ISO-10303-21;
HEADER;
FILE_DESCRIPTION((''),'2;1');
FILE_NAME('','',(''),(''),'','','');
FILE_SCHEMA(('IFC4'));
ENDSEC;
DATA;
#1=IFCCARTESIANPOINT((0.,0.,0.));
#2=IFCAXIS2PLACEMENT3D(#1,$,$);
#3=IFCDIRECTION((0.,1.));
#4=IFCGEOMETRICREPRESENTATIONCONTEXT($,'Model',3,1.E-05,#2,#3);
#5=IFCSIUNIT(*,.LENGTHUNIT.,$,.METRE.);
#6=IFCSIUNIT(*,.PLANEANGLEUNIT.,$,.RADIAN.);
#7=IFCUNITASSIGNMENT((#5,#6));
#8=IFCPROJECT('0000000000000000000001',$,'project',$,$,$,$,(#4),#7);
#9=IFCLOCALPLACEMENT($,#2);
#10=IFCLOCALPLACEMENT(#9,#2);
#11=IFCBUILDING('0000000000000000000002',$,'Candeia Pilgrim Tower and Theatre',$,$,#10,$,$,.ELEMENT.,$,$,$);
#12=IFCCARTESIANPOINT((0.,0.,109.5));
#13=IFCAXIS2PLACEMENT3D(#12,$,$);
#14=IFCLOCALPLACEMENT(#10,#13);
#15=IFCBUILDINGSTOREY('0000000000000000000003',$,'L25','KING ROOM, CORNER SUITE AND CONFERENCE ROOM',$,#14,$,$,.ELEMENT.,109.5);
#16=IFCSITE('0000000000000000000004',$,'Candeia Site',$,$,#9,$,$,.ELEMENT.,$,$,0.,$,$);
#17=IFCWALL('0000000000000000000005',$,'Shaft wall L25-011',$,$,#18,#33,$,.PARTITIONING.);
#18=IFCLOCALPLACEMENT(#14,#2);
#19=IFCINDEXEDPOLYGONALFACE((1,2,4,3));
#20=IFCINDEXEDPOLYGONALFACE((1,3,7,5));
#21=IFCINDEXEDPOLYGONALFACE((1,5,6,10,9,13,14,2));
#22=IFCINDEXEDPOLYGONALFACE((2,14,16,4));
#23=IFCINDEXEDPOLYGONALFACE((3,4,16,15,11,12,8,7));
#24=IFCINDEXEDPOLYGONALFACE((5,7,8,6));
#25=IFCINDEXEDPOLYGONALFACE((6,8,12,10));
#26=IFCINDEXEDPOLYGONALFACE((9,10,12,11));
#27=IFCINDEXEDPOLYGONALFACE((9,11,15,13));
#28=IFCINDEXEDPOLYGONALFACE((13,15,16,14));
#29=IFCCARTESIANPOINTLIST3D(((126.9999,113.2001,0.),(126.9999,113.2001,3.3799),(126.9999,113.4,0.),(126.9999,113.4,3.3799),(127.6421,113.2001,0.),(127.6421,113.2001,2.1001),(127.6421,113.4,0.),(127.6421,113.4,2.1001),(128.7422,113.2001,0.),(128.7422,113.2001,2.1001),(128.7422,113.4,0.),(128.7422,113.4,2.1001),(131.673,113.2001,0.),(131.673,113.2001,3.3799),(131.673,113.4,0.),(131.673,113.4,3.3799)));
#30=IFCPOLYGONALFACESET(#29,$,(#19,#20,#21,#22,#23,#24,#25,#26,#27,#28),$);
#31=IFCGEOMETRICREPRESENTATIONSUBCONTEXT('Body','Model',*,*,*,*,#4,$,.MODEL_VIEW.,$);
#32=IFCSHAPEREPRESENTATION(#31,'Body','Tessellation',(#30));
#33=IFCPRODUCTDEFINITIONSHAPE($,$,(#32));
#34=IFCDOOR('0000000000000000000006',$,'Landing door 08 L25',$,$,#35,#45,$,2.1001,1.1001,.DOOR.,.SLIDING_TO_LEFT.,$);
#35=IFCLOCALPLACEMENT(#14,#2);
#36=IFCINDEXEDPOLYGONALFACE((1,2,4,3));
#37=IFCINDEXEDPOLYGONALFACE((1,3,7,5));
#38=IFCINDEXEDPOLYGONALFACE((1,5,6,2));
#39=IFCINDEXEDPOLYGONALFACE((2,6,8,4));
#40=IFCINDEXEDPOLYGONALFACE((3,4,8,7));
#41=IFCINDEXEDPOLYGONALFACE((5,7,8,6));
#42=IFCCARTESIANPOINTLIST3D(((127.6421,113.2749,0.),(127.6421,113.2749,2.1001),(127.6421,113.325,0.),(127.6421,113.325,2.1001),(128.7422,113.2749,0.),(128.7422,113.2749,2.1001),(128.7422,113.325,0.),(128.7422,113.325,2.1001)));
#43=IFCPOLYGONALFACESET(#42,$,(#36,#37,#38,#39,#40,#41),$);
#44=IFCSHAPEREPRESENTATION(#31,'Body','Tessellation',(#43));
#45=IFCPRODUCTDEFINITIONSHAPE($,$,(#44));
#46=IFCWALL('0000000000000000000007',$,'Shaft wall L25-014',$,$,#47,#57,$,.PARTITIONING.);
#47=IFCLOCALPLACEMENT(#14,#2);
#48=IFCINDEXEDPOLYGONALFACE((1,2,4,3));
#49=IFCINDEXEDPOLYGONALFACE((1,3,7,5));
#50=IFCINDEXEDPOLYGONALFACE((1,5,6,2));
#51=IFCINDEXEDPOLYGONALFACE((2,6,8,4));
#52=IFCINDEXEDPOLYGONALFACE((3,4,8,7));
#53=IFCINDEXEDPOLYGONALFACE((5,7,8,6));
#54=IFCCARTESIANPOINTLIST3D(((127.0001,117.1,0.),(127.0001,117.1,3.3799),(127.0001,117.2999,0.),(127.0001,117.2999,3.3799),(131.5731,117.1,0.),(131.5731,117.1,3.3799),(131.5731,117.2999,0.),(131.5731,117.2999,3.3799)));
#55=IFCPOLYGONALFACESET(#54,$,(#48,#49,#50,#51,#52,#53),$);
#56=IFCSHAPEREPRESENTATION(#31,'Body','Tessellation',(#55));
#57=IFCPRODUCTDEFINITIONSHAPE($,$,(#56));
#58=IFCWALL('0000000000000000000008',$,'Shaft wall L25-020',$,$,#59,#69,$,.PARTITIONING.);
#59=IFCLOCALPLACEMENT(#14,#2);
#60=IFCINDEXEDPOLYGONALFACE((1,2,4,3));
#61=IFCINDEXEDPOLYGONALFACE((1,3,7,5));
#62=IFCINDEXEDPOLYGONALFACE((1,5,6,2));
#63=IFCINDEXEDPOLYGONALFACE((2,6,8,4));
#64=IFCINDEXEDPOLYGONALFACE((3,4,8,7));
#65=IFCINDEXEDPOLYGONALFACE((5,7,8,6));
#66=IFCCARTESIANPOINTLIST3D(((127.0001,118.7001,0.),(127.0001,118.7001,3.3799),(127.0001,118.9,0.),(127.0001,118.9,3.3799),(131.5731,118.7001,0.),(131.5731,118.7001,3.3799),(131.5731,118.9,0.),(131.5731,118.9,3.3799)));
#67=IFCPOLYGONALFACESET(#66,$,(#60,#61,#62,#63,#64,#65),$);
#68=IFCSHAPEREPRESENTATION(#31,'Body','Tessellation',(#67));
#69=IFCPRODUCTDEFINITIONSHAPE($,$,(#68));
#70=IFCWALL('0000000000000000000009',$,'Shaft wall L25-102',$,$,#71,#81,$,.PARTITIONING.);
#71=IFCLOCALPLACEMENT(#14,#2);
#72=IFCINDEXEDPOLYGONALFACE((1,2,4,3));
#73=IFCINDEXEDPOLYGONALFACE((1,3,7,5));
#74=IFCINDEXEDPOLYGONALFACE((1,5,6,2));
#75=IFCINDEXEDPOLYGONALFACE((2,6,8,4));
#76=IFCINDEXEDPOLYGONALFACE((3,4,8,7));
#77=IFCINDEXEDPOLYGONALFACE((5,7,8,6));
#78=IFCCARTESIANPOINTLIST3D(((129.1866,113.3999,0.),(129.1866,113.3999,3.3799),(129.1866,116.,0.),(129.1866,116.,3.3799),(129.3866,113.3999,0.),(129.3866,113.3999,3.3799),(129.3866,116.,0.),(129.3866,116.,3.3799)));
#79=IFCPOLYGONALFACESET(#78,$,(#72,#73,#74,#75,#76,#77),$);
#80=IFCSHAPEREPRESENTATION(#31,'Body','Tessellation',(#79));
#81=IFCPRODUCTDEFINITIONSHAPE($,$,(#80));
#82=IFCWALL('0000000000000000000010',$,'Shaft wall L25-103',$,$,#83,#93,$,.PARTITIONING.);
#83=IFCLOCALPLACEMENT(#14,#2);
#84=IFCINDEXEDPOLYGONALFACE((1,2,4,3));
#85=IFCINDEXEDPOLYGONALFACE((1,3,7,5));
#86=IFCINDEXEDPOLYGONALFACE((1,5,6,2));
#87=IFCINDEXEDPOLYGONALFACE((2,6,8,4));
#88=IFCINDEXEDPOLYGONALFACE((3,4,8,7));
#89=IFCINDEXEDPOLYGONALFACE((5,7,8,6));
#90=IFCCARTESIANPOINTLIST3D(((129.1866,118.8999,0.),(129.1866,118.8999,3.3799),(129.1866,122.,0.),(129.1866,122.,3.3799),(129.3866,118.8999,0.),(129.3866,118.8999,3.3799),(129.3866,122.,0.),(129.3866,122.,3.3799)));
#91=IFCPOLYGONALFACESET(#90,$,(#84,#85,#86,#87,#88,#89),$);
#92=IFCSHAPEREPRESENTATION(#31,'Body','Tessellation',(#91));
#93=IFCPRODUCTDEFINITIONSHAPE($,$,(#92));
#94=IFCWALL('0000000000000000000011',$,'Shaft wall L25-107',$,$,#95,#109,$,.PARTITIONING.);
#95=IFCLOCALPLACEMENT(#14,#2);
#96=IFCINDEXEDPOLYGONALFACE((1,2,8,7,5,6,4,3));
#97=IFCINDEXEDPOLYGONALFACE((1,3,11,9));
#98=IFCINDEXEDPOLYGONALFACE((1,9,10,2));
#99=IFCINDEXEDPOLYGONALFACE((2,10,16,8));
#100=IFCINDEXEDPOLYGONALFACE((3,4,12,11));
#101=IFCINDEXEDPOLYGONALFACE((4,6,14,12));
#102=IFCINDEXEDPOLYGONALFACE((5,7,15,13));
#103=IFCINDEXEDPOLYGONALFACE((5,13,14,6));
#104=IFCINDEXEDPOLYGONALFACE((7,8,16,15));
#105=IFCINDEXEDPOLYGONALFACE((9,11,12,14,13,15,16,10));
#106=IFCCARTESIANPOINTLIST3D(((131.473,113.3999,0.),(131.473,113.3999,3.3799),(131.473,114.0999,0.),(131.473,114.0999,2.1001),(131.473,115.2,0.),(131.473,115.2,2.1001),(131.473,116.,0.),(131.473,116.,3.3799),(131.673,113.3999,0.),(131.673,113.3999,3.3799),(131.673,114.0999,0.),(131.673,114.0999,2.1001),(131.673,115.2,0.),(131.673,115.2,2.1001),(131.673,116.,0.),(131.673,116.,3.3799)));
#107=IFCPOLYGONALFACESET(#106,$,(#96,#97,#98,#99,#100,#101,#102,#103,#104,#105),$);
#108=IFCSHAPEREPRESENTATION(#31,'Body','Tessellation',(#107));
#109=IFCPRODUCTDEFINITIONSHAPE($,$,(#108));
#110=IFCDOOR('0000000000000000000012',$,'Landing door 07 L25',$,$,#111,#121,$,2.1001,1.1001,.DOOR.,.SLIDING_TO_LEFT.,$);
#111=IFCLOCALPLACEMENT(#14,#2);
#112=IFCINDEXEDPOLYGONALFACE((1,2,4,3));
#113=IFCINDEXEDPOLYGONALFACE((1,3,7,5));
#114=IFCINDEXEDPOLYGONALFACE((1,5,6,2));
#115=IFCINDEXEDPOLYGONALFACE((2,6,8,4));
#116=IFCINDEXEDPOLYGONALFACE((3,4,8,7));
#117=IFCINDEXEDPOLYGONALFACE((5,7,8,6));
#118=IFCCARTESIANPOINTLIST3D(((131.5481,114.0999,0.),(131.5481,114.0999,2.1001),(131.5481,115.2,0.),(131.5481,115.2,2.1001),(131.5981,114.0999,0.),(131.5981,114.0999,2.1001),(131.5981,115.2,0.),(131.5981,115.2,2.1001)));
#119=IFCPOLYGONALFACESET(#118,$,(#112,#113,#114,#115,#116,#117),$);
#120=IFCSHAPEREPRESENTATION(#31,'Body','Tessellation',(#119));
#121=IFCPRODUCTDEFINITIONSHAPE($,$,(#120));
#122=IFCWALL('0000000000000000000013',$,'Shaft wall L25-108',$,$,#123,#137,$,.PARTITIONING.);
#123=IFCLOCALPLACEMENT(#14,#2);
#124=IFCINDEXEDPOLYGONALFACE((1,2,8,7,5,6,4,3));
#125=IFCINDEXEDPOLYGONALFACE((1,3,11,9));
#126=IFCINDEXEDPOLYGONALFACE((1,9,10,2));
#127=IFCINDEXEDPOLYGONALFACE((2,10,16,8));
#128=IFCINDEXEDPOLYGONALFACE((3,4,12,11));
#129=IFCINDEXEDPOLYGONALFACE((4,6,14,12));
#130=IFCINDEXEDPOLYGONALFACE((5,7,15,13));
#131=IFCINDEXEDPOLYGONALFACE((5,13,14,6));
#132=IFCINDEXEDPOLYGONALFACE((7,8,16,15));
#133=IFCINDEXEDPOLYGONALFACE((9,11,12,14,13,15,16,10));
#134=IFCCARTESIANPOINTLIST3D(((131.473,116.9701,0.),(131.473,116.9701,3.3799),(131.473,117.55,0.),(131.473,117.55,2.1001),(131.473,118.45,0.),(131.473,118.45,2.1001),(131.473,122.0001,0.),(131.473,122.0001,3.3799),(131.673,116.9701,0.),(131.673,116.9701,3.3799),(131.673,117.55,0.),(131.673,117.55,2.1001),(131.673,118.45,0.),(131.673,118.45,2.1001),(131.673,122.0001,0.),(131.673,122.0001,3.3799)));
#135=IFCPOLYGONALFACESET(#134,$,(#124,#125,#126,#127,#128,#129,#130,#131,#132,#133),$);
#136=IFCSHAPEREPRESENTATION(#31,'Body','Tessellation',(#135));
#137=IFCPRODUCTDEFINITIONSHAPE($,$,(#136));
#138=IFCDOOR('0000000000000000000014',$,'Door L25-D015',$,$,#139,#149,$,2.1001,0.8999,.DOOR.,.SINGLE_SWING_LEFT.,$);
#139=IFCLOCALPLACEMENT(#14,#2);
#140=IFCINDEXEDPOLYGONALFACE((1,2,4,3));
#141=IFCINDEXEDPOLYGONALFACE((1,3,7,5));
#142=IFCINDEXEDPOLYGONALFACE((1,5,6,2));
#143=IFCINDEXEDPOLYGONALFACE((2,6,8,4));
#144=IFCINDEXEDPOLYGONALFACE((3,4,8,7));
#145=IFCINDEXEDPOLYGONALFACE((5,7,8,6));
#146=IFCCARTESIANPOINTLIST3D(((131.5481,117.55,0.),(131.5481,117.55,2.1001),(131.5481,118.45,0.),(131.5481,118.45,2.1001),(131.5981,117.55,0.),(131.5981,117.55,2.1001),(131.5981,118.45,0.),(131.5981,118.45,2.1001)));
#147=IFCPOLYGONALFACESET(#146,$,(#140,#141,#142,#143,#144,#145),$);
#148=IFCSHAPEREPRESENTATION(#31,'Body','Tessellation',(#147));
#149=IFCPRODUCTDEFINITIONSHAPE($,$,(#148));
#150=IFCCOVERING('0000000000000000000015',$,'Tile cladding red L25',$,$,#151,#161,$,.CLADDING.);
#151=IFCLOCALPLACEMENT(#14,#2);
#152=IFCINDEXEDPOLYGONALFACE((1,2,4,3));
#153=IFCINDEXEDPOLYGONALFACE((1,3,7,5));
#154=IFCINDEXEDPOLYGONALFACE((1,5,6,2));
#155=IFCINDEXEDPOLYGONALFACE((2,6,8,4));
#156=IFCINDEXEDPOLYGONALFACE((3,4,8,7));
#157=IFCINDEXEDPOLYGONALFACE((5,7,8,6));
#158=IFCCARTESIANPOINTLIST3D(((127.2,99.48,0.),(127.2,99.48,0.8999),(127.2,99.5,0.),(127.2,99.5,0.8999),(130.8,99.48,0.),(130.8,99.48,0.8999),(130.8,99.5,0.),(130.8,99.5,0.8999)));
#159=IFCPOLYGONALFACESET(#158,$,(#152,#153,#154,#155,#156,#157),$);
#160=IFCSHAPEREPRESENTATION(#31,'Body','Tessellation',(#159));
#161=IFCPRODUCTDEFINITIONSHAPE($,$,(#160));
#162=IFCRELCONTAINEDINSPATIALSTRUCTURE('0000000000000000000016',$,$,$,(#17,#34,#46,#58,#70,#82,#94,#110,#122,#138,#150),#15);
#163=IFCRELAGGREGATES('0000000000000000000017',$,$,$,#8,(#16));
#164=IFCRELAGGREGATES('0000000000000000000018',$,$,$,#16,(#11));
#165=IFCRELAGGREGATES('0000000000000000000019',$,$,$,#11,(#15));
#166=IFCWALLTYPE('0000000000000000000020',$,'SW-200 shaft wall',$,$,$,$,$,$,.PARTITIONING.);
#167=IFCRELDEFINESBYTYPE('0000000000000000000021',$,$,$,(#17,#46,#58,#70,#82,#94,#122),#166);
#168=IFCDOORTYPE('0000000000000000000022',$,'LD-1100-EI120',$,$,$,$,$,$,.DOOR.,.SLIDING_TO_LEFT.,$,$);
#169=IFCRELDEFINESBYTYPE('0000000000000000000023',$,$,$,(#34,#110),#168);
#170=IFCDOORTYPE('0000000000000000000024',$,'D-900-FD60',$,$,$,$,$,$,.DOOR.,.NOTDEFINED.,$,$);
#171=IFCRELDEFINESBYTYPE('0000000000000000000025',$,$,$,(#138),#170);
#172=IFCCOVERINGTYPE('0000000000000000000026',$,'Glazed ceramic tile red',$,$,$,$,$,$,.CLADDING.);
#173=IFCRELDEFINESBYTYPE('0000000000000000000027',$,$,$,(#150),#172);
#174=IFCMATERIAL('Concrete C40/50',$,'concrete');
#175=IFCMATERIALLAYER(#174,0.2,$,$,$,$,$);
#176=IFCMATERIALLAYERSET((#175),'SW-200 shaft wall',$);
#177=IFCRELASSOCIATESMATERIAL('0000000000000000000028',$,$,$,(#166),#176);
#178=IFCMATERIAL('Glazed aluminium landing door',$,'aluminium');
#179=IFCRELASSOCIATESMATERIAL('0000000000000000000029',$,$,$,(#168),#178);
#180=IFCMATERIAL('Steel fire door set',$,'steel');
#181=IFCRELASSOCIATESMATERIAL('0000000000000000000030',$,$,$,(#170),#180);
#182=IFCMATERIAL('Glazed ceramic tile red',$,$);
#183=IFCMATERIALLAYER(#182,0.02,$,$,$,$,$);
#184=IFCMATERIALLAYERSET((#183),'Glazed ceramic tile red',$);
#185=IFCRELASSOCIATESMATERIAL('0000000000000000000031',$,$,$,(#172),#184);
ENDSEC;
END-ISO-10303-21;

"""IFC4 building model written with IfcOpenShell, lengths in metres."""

from ifc_helpers import new_model, si_unit, direction, frame, frame_2d, origin, origin_2d, place, context, subcontext, project, spatial, rectangle, extrude, material, layer, layer_set, type_object, element, fill, save


model = new_model("IFC4")

# Units and contexts
model_context = context("Model", 3, precision=1e-05, world=origin(), true_north=direction((0.0, 1.0)))
body_context = subcontext(model_context, "Body", "Model", "MODEL_VIEW")
ifc_project = project(units=[si_unit("LENGTHUNIT", "METRE"), si_unit("PLANEANGLEUNIT", "RADIAN")], contexts=[model_context])

# Site, building, storey
site_placement = place(None, origin())
site = spatial("IfcSite", under=ifc_project, at=site_placement, Name="Candeia Site", CompositionType="ELEMENT", RefElevation=0.0)
building_placement = place(site_placement, origin())
building = spatial("IfcBuilding", under=site, at=building_placement, Name="Candeia Pilgrim Tower and Theatre", CompositionType="ELEMENT")
storey_placement = place(building_placement, frame((0.0, 0.0, 109.5)))
storey = spatial("IfcBuildingStorey", under=building, at=storey_placement, Name="L25", Description="KING ROOM, CORNER SUITE AND CONFERENCE ROOM", CompositionType="ELEMENT", Elevation=109.5)

# Shared definitions
ifc_material_1 = material(Name="Steel fire door set", Category="steel")

# Wall, opening, door
ifc_material_2 = material(Name="Concrete C40/50", Category="concrete")
ifc_layer_1 = layer(ifc_material_2, 0.2)
ifc_layer_set_1 = layer_set([ifc_layer_1], Name="SW-200 shaft wall")
wall_type_1 = type_object("IfcWallType", Name="SW-200 shaft wall", PredefinedType="PARTITIONING", material=ifc_layer_set_1)
wall_1_placement = place(storey_placement, frame((127.0, 113.3, 0.0), z_axis=(0.0, 0.0, 1.0), x_axis=(1.0, 0.0, 0.0)))
wall_1 = element("IfcWall", 1, at=wall_1_placement, inside=storey, type_object=wall_type_1, Name="Shaft wall L25-011", PredefinedType="PARTITIONING", context=body_context, shape_type="SweptSolid", body=[
    extrude(rectangle(XDim=4.6731, YDim=0.2, at=frame_2d((2.3364, 0.0))), origin(), (0.0, 0.0, 1.0), 3.3799),
])
opening_1_placement = place(wall_1_placement, frame((0.6421, 0.0, 0.0)))
opening_1 = element("IfcOpeningElement", 2, at=opening_1_placement, cuts=wall_1, PredefinedType="OPENING", context=body_context, shape_type="SweptSolid", body=[
    extrude(rectangle(XDim=1.1001, YDim=2.1001, at=frame_2d((0.55, 1.05))), frame((0.0, 0.1099, 0.0), z_axis=(0.0, -1.0, 0.0), x_axis=(1.0, 0.0, 0.0)), (0.0, 0.0, 1.0), 0.22),
])
ifc_material_3 = material(Name="Glazed aluminium landing door", Category="aluminium")
door_type_1 = type_object("IfcDoorType", Name="LD-1100-EI120", OperationType="SLIDING_TO_LEFT", PredefinedType="DOOR", material=ifc_material_3)
door_1_placement = place(opening_1_placement, origin())
door_1 = element("IfcDoor", 3, at=door_1_placement, inside=storey, type_object=door_type_1, Name="Landing door 08 L25", OperationType="SLIDING_TO_LEFT", OverallHeight=2.1001, OverallWidth=1.1001, PredefinedType="DOOR", context=body_context, shape_type="SweptSolid", body=[
    extrude(rectangle(XDim=1.1001, YDim=2.1001, at=frame_2d((0.55, 1.05))), frame((0.0, 0.0249, 0.0), z_axis=(0.0, -1.0, 0.0), x_axis=(1.0, 0.0, 0.0)), (0.0, 0.0, 1.0), 0.05),
])
fill(opening_1, door_1)

# Walls
for number, where, z_axis, x_axis, name in (
    (4, (127.0, 117.2, 0.0), (0.0, 0.0, 1.0), (1.0, 0.0, 0.0), "Shaft wall L25-014"),
    (5, (127.0, 118.8, 0.0), (0.0, 0.0, 1.0), (1.0, 0.0, 0.0), "Shaft wall L25-020"),
):
    element("IfcWall", number, at=place(storey_placement, frame(where, z_axis=z_axis, x_axis=x_axis)), inside=storey, type_object=wall_type_1, Name=name, PredefinedType="PARTITIONING", context=body_context, shape_type="SweptSolid", body=[
        extrude(rectangle(XDim=4.573, YDim=0.2, at=frame_2d((2.2866, 0.0))), origin(), (0.0, 0.0, 1.0), 3.3799),
    ])
wall_2_placement = place(storey_placement, frame((129.2866, 113.3999, 0.0), z_axis=(0.0, 0.0, 1.0), x_axis=(0.0, 1.0, 0.0)))
element("IfcWall", 6, at=wall_2_placement, inside=storey, type_object=wall_type_1, Name="Shaft wall L25-102", PredefinedType="PARTITIONING", context=body_context, shape_type="SweptSolid", body=[
    extrude(rectangle(XDim=2.6001, YDim=0.2, at=frame_2d((1.3, 0.0))), origin(), (0.0, 0.0, 1.0), 3.3799),
])
wall_3_placement = place(storey_placement, frame((129.2866, 118.8999, 0.0), z_axis=(0.0, 0.0, 1.0), x_axis=(0.0, 1.0, 0.0)))
element("IfcWall", 7, at=wall_3_placement, inside=storey, type_object=wall_type_1, Name="Shaft wall L25-103", PredefinedType="PARTITIONING", context=body_context, shape_type="SweptSolid", body=[
    extrude(rectangle(XDim=3.1001, YDim=0.2, at=frame_2d((1.55, 0.0))), origin(), (0.0, 0.0, 1.0), 3.3799),
])

# Walls, openings, doors
wall_4_placement = place(storey_placement, frame((131.573, 113.3999, 0.0), z_axis=(0.0, 0.0, 1.0), x_axis=(0.0, 1.0, 0.0)))
wall_4 = element("IfcWall", 8, at=wall_4_placement, inside=storey, type_object=wall_type_1, Name="Shaft wall L25-107", PredefinedType="PARTITIONING", context=body_context, shape_type="SweptSolid", body=[
    extrude(rectangle(XDim=2.6001, YDim=0.2, at=frame_2d((1.3, 0.0))), origin(), (0.0, 0.0, 1.0), 3.3799),
])
opening_2_placement = place(wall_4_placement, frame((0.7, 0.0, 0.0)))
opening_2 = element("IfcOpeningElement", 9, at=opening_2_placement, cuts=wall_4, PredefinedType="OPENING", context=body_context, shape_type="SweptSolid", body=[
    extrude(rectangle(XDim=1.1001, YDim=2.1001, at=frame_2d((0.55, 1.05))), frame((0.0, 0.1099, 0.0), z_axis=(0.0, -1.0, 0.0), x_axis=(1.0, 0.0, 0.0)), (0.0, 0.0, 1.0), 0.22),
])
door_2_placement = place(opening_2_placement, origin())
door_2 = element("IfcDoor", 10, at=door_2_placement, inside=storey, type_object=door_type_1, Name="Landing door 07 L25", OperationType="SLIDING_TO_LEFT", OverallHeight=2.1001, OverallWidth=1.1001, PredefinedType="DOOR", context=body_context, shape_type="SweptSolid", body=[
    extrude(rectangle(XDim=1.1001, YDim=2.1001, at=frame_2d((0.55, 1.05))), frame((0.0, 0.0249, 0.0), z_axis=(0.0, -1.0, 0.0), x_axis=(1.0, 0.0, 0.0)), (0.0, 0.0, 1.0), 0.05),
])
fill(opening_2, door_2)
wall_5_placement = place(storey_placement, frame((131.573, 116.97, 0.0), z_axis=(0.0, 0.0, 1.0), x_axis=(0.0, 1.0, 0.0)))
wall_5 = element("IfcWall", 11, at=wall_5_placement, inside=storey, type_object=wall_type_1, Name="Shaft wall L25-108", PredefinedType="PARTITIONING", context=body_context, shape_type="SweptSolid", body=[
    extrude(rectangle(XDim=5.03, YDim=0.2, at=frame_2d((2.5151, 0.0))), origin(), (0.0, 0.0, 1.0), 3.3799),
])
opening_3_placement = place(wall_5_placement, frame((0.5801, 0.0, 0.0)))
opening_3 = element("IfcOpeningElement", 12, at=opening_3_placement, cuts=wall_5, PredefinedType="OPENING", context=body_context, shape_type="SweptSolid", body=[
    extrude(rectangle(XDim=0.8999, YDim=2.1001, at=frame_2d((0.45, 1.05))), frame((0.0, 0.1099, 0.0), z_axis=(0.0, -1.0, 0.0), x_axis=(1.0, 0.0, 0.0)), (0.0, 0.0, 1.0), 0.22),
])
door_type_2 = type_object("IfcDoorType", Name="D-900-FD60", OperationType="NOTDEFINED", PredefinedType="DOOR", material=ifc_material_1)
door_3_placement = place(opening_3_placement, origin())
door_3 = element("IfcDoor", 13, at=door_3_placement, inside=storey, type_object=door_type_2, Name="Door L25-D015", OperationType="SINGLE_SWING_LEFT", OverallHeight=2.1001, OverallWidth=0.8999, PredefinedType="DOOR", context=body_context, shape_type="SweptSolid", body=[
    extrude(rectangle(XDim=0.8999, YDim=2.1001, at=frame_2d((0.45, 1.05))), frame((0.0, 0.0249, 0.0), z_axis=(0.0, -1.0, 0.0), x_axis=(1.0, 0.0, 0.0)), (0.0, 0.0, 1.0), 0.05),
])
fill(opening_3, door_3)

# Covering
ifc_material_4 = material(Name="Glazed ceramic tile red")
ifc_layer_2 = layer(ifc_material_4, 0.02)
ifc_layer_set_2 = layer_set([ifc_layer_2], Name="Glazed ceramic tile red")
covering_type = type_object("IfcCoveringType", Name="Glazed ceramic tile red", PredefinedType="CLADDING", material=ifc_layer_set_2)
covering_placement = place(storey_placement, frame((129.0, 99.49, 0.0), z_axis=(0.0, 0.0, 1.0), x_axis=(1.0, 0.0, 0.0)))
element("IfcCovering", 14, at=covering_placement, inside=storey, type_object=covering_type, Name="Tile cladding red L25", PredefinedType="CLADDING", context=body_context, shape_type="SweptSolid", body=[
    extrude(rectangle(XDim=3.6001, YDim=0.02, at=origin_2d()), origin(), (0.0, 0.0, 1.0), 0.8999),
])

save(model, "model.ifc")
